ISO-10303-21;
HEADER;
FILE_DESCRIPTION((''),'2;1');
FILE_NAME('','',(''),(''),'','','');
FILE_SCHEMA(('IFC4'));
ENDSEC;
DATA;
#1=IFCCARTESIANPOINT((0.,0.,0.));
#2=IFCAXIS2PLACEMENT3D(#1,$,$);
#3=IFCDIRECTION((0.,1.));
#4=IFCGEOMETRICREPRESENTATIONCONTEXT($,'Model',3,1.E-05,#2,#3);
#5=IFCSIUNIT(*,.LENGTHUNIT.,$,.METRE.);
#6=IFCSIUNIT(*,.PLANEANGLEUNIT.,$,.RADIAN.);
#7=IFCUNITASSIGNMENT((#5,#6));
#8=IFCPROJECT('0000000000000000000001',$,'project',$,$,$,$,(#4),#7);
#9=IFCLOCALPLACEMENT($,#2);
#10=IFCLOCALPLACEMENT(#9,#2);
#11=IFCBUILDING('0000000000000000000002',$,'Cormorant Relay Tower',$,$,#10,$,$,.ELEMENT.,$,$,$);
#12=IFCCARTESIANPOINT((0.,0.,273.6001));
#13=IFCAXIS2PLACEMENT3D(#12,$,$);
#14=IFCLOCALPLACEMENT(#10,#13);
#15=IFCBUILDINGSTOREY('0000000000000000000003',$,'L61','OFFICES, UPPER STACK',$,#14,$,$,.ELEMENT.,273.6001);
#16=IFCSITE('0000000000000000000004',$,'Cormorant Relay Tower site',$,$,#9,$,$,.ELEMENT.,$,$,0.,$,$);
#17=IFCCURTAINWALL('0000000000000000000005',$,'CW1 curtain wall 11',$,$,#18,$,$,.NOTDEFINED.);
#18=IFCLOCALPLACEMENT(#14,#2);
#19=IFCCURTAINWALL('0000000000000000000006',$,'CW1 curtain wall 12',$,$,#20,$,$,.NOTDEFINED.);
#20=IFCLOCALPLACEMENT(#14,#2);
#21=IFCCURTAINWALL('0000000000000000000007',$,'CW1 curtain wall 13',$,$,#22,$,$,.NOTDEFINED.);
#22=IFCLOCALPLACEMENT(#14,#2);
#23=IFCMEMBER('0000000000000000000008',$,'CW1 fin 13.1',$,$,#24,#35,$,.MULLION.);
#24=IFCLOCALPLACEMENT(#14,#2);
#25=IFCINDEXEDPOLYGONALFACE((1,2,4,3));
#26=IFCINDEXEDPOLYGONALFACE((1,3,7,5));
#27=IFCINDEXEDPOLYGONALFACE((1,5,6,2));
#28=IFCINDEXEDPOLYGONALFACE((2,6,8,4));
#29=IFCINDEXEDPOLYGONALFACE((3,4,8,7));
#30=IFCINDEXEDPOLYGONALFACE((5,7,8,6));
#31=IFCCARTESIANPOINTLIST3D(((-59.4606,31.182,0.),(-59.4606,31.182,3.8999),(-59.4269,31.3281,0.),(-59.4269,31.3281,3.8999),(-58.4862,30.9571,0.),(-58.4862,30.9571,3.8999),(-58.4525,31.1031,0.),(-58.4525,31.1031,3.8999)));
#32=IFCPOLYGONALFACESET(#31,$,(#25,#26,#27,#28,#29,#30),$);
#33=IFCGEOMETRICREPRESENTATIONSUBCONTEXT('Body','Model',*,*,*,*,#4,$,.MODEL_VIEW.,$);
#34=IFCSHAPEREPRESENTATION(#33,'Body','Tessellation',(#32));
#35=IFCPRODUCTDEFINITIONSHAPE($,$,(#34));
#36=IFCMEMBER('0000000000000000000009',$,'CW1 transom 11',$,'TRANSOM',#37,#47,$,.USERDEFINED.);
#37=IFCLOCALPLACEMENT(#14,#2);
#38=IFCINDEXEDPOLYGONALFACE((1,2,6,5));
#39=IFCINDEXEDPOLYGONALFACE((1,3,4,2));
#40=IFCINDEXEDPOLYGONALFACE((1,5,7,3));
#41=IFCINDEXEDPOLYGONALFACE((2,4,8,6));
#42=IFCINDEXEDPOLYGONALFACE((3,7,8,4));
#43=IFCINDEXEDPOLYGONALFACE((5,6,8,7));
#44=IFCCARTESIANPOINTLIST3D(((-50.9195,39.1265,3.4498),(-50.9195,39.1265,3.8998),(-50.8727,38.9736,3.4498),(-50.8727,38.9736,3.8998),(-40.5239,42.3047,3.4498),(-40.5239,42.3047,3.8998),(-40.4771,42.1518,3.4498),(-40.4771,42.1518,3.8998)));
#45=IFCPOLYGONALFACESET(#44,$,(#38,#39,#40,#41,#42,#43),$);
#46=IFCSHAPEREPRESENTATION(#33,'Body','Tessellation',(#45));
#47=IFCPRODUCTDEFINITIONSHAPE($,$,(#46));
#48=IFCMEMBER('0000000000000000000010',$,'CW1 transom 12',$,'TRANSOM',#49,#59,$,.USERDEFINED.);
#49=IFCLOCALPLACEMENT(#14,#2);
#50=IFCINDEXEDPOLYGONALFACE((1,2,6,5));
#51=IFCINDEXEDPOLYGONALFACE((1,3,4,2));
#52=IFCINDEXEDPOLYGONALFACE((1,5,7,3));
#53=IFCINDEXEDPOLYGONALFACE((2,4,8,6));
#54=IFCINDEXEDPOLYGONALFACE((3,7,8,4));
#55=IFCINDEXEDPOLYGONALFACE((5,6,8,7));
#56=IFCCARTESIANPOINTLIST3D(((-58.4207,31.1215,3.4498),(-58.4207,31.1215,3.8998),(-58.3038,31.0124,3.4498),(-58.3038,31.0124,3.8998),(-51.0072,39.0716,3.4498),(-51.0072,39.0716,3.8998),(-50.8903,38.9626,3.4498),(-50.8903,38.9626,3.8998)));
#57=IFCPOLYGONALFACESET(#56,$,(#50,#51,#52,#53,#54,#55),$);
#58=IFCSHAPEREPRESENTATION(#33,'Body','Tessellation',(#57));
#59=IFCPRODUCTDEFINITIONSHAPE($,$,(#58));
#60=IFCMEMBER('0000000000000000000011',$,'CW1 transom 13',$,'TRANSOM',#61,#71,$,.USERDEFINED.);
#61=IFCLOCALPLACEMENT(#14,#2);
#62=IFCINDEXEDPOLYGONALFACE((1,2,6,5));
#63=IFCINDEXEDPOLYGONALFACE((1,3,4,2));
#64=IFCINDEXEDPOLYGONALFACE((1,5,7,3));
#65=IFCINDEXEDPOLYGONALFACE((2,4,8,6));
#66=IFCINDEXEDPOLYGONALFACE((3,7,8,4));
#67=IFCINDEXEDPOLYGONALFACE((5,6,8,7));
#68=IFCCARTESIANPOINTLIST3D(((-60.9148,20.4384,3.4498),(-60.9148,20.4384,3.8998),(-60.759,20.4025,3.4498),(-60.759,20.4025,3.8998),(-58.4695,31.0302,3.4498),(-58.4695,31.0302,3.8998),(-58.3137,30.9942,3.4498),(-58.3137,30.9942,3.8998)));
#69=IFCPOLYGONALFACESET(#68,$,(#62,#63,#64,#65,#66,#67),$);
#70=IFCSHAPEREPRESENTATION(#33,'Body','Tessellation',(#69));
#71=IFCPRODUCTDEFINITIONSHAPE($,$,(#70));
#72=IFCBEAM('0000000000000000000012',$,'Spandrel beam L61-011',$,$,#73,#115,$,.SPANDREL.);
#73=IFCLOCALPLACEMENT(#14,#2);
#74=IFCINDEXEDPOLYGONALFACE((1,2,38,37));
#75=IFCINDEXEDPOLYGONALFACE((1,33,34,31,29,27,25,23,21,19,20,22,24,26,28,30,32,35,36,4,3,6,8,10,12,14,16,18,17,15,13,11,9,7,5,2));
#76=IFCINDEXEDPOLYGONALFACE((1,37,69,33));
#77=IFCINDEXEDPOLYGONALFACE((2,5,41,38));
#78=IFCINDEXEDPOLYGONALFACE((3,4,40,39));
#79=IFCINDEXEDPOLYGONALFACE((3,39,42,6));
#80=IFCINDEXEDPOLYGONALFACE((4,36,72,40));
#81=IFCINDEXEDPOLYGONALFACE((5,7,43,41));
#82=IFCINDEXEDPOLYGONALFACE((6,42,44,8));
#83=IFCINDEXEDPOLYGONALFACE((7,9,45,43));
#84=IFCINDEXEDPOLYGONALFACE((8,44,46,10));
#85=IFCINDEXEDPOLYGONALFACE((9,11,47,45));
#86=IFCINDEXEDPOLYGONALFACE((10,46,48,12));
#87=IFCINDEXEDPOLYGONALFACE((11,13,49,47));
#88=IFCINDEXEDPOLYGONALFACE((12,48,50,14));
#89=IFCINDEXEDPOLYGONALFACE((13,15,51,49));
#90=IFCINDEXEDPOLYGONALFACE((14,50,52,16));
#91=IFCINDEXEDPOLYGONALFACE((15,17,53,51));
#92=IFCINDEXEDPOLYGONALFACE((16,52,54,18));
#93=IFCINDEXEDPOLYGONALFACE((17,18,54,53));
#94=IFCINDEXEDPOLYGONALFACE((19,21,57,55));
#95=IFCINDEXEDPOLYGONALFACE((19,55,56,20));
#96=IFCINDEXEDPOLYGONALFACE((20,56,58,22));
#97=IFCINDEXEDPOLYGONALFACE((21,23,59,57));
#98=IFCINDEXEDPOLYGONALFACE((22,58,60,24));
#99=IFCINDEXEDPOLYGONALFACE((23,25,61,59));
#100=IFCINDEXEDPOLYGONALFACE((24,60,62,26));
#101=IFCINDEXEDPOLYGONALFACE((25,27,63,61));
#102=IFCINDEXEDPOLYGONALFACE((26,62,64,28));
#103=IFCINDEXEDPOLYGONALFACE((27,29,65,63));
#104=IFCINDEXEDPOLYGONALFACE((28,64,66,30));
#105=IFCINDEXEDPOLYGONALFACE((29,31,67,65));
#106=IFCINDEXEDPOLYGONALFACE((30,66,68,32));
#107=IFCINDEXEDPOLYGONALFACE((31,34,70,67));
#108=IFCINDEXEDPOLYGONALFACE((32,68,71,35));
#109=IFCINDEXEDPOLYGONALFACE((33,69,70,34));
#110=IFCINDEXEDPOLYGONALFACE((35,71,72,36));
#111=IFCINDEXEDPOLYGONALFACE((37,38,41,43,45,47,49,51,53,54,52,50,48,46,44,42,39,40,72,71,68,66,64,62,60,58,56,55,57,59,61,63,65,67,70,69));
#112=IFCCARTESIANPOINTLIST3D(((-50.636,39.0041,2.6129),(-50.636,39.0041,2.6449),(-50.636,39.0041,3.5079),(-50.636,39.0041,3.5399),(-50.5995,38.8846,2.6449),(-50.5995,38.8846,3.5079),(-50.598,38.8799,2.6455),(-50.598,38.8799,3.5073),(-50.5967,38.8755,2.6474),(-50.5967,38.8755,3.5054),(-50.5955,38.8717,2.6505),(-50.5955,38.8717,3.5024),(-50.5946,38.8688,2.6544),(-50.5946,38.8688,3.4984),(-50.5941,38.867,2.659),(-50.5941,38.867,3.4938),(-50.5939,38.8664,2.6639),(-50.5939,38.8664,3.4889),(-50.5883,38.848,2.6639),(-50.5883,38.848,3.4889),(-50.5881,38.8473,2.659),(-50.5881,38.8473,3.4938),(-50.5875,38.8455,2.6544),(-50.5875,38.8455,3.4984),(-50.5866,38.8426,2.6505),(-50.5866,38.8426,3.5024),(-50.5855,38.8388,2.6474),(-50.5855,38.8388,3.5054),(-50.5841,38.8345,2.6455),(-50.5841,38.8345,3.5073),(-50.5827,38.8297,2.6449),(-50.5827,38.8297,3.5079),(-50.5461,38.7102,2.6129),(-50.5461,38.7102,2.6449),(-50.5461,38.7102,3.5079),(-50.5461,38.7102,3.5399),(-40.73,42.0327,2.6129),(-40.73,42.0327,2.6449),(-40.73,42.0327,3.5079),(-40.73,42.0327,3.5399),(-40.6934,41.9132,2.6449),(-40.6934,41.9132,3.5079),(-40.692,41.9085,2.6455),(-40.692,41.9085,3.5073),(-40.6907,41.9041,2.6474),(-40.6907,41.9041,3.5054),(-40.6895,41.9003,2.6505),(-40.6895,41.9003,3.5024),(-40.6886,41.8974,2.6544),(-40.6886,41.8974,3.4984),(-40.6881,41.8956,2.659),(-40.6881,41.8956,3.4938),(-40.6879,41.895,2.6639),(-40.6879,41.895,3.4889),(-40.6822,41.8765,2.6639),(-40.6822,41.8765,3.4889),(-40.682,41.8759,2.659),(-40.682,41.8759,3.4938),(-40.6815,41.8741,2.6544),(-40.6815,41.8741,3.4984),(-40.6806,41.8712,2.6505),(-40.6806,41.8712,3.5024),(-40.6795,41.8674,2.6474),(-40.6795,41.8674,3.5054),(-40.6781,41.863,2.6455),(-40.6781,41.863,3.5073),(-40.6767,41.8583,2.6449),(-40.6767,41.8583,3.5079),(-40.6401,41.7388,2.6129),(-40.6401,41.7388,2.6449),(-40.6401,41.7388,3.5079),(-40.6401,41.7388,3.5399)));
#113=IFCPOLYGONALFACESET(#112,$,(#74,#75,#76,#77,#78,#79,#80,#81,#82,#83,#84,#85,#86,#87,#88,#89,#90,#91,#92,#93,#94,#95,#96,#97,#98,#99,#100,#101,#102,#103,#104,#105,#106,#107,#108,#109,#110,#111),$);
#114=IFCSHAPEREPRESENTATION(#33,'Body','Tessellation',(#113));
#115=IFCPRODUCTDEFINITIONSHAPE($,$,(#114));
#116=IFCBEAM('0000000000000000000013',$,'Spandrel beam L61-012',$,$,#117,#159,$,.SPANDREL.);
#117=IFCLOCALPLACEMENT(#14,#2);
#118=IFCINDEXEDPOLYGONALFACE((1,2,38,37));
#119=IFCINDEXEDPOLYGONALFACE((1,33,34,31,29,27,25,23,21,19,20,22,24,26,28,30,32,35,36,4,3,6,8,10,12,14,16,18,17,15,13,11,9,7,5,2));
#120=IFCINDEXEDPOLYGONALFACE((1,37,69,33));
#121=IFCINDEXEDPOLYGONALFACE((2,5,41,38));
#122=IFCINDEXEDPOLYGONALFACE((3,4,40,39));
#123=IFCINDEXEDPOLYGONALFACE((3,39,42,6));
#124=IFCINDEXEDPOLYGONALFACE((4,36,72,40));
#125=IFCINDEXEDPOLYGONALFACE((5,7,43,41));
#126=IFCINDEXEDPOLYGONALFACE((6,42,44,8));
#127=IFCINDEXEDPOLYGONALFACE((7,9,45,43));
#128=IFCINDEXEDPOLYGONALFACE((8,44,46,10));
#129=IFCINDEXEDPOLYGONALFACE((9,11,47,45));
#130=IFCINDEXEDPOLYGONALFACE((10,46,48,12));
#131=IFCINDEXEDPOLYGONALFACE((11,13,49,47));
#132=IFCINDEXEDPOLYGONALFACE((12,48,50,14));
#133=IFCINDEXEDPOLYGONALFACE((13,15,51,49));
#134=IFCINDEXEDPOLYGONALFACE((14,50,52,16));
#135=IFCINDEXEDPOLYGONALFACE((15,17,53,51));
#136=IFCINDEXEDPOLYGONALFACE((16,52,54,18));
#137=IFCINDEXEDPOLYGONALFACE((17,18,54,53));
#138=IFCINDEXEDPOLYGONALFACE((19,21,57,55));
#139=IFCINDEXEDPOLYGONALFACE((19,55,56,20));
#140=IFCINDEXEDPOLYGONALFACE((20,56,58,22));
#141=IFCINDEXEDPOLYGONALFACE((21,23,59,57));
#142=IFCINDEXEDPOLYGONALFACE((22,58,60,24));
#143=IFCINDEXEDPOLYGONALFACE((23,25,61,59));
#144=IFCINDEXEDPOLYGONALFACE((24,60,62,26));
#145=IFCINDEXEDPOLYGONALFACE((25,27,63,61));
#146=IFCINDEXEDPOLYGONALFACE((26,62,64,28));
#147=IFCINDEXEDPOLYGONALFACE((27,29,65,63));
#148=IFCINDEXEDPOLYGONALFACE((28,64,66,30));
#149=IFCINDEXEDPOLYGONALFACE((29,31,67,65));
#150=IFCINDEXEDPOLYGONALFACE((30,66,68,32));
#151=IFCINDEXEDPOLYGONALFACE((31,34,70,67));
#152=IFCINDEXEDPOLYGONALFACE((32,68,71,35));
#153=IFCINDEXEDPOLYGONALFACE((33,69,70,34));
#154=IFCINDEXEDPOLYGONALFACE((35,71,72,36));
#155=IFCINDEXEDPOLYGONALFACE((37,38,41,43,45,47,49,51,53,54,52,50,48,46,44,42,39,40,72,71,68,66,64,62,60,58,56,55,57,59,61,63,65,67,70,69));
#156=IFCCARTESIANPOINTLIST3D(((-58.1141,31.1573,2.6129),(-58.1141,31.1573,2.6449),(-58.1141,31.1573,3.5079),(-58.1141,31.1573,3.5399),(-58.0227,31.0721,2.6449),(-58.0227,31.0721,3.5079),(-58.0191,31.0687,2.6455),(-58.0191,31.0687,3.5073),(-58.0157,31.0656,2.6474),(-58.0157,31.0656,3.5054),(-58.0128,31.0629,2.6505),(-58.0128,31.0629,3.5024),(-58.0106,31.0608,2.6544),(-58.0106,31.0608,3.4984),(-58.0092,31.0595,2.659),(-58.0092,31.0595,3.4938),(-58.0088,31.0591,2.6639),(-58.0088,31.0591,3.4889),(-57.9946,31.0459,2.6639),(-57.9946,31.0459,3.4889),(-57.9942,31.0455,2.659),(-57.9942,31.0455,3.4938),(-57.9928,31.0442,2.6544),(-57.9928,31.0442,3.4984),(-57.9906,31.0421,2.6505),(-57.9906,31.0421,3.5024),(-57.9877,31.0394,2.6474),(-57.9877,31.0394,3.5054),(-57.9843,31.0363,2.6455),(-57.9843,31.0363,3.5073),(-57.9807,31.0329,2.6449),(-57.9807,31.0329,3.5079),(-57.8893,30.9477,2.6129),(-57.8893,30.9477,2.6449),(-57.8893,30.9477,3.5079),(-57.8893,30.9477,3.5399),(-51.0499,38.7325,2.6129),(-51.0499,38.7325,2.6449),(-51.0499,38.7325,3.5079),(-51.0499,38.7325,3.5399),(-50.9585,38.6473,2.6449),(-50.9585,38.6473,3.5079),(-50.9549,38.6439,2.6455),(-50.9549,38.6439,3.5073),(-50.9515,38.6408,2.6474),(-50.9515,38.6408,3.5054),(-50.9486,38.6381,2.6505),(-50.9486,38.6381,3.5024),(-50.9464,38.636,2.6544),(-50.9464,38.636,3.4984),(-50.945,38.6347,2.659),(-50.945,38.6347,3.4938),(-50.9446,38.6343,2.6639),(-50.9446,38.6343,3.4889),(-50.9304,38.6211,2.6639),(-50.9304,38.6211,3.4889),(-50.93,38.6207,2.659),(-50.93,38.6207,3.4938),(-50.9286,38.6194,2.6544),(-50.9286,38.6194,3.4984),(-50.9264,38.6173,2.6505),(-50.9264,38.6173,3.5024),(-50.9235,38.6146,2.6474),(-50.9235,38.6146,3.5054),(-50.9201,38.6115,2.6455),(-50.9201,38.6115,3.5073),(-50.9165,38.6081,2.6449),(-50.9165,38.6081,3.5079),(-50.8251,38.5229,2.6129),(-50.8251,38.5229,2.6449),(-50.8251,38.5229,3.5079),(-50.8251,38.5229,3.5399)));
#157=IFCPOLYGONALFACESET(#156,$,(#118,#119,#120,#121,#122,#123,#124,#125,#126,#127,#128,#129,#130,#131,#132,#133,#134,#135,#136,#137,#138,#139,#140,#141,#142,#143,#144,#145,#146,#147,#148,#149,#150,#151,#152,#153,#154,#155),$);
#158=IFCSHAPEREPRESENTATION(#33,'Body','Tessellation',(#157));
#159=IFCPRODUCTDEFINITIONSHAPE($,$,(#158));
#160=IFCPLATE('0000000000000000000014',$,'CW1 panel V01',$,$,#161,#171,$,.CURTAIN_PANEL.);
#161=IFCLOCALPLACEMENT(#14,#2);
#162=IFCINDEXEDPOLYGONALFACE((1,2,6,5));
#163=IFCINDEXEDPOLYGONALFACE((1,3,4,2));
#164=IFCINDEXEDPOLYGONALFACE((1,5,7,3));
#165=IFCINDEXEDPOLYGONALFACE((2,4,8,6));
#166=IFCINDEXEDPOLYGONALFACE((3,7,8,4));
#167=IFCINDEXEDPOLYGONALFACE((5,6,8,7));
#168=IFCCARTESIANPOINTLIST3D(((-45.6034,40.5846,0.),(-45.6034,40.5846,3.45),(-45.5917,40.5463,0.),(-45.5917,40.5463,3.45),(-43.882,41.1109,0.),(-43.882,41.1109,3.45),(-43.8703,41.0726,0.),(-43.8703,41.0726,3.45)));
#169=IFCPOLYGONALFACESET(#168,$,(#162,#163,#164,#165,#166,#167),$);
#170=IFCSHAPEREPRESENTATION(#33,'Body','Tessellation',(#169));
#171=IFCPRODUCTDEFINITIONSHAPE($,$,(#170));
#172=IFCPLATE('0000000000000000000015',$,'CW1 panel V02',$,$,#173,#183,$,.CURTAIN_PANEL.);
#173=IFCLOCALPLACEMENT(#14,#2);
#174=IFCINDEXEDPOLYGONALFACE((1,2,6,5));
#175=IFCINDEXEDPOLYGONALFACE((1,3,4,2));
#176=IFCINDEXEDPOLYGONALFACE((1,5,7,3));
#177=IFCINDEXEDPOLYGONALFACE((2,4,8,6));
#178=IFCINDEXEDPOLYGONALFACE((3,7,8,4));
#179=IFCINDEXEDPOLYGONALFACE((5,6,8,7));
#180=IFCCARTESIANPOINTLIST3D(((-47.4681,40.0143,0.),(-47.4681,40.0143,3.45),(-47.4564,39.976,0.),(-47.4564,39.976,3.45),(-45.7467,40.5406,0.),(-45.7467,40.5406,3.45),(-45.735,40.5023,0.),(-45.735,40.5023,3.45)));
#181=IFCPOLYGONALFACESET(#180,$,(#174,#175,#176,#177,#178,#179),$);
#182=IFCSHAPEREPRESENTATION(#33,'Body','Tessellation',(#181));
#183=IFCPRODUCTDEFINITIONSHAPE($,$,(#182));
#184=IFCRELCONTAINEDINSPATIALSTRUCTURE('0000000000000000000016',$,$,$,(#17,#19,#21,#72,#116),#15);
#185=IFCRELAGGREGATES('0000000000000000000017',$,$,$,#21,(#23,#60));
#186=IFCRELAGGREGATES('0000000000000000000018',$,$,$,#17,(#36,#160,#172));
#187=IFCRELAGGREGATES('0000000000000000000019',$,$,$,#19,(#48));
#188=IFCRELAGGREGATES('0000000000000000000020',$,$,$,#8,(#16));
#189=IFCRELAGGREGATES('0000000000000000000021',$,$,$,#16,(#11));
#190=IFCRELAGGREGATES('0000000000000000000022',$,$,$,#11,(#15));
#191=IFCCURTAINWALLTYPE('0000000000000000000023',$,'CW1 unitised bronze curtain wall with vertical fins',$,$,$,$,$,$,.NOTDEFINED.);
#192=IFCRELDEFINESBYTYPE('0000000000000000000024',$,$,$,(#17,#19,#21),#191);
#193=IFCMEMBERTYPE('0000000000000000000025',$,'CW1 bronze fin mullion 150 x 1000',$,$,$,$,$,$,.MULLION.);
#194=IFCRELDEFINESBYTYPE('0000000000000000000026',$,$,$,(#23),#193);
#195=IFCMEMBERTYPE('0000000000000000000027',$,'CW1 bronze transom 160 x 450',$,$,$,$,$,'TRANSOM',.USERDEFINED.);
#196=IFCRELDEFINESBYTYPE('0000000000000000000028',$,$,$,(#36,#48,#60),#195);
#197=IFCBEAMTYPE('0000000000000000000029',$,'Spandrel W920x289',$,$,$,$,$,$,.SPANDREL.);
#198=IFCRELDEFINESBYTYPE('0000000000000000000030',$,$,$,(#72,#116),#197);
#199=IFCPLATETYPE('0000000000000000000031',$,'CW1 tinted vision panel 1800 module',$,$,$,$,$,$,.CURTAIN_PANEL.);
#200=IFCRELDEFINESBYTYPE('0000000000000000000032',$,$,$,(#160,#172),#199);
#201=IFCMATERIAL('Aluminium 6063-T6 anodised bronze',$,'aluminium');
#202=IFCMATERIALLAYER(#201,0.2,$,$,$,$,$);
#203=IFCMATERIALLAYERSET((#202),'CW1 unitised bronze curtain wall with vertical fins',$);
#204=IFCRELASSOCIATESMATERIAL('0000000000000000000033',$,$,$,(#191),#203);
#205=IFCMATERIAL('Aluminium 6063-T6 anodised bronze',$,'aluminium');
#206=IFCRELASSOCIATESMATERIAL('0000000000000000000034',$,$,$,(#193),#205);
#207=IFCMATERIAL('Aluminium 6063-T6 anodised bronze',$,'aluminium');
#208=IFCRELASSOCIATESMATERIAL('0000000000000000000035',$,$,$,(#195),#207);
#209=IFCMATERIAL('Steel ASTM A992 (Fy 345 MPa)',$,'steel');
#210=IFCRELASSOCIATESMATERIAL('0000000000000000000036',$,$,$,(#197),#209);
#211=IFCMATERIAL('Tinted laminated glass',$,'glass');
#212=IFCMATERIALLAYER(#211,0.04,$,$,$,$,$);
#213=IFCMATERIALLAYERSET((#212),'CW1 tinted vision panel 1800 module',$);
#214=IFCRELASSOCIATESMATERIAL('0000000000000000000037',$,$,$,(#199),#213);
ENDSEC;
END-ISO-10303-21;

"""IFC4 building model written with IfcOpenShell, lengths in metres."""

from ifc_helpers import new_model, si_unit, direction, frame, origin, origin_2d, place, context, subcontext, project, spatial, rectangle, i_section, extrude, material, layer, layer_set, material_profile, profile_set, type_object, element, aggregate, save


model = new_model("IFC4")

# Units and contexts
model_context = context("Model", 3, precision=1e-05, world=origin(), true_north=direction((0.0, 1.0)))
body_context = subcontext(model_context, "Body", "Model", "MODEL_VIEW")
ifc_project = project(units=[si_unit("LENGTHUNIT", "METRE"), si_unit("PLANEANGLEUNIT", "RADIAN")], contexts=[model_context])

# Site, building, storey
site_placement = place(None, origin())
site = spatial("IfcSite", under=ifc_project, at=site_placement, Name="Cormorant Relay Tower site", CompositionType="ELEMENT", RefElevation=0.0)
building_placement = place(site_placement, origin())
building = spatial("IfcBuilding", under=site, at=building_placement, Name="Cormorant Relay Tower", CompositionType="ELEMENT")
storey_placement = place(building_placement, frame((0.0, 0.0, 273.6001)))
storey = spatial("IfcBuildingStorey", under=building, at=storey_placement, Name="L61", Description="OFFICES, UPPER STACK", CompositionType="ELEMENT", Elevation=273.6001)

# Curtain walls
ifc_material_1 = material(Name="Aluminium 6063-T6 anodised bronze", Category="aluminium")
ifc_layer_1 = layer(ifc_material_1, 0.2)
ifc_layer_set_1 = layer_set([ifc_layer_1], Name="CW1 unitised bronze curtain wall with vertical fins")
curtain_wall_type = type_object("IfcCurtainWallType", Name="CW1 unitised bronze curtain wall with vertical fins", PredefinedType="NOTDEFINED", material=ifc_layer_set_1)
curtain_wall_1_placement = place(storey_placement, origin())
curtain_wall_1 = element("IfcCurtainWall", 1, at=curtain_wall_1_placement, inside=storey, type_object=curtain_wall_type, Name="CW1 curtain wall 11", PredefinedType="NOTDEFINED")
ifc_material_2 = material(Name="Aluminium 6063-T6 anodised bronze", Category="aluminium")
ifc_material_profile_1 = material_profile(ifc_material_2, rectangle(XDim=0.1499, YDim=1.0, at=origin_2d()), Name="AL 150x1000")
ifc_profile_set_1 = profile_set([ifc_material_profile_1], Name="Aluminium 6063-T6 anodised bronze")
member_type_1 = type_object("IfcMemberType", Name="CW1 bronze fin mullion 150 x 1000", PredefinedType="MULLION", material=ifc_profile_set_1)
curtain_wall_2_placement = place(storey_placement, origin())
curtain_wall_2 = element("IfcCurtainWall", 2, at=curtain_wall_2_placement, inside=storey, type_object=curtain_wall_type, Name="CW1 curtain wall 12", PredefinedType="NOTDEFINED")

# Curtain wall, member
curtain_wall_3_placement = place(storey_placement, origin())
curtain_wall_3 = element("IfcCurtainWall", 3, at=curtain_wall_3_placement, inside=storey, type_object=curtain_wall_type, Name="CW1 curtain wall 13", PredefinedType="NOTDEFINED")
member_1_placement = place(storey_placement, frame((-58.9565, 31.1426, 0.0), z_axis=(0.0, 0.0, 1.0), x_axis=(-0.224951, -0.97437, 0.0)))
member_1 = element("IfcMember", 4, at=member_1_placement, type_object=member_type_1, Name="CW1 fin 13.1", PredefinedType="MULLION", context=body_context, shape_type="SweptSolid", body=[
    extrude(rectangle(XDim=0.1499, YDim=1.0, at=origin_2d()), origin(), (0.0, 0.0, 1.0), 3.8999),
])

# Members
ifc_material_3 = material(Name="Aluminium 6063-T6 anodised bronze", Category="aluminium")
ifc_material_profile_2 = material_profile(ifc_material_3, rectangle(XDim=0.1599, YDim=0.45, at=origin_2d()), Name="AL 160x450")
ifc_profile_set_2 = profile_set([ifc_material_profile_2], Name="Aluminium 6063-T6 anodised bronze")
member_type_2 = type_object("IfcMemberType", Name="CW1 bronze transom 160 x 450", ElementType="TRANSOM", PredefinedType="USERDEFINED", material=ifc_profile_set_2)
member_2_placement = place(storey_placement, frame((-40.5005, 42.2283, 3.6748), z_axis=(-0.956305, -0.292371, 0.0), x_axis=(0.292371, -0.956305, 0.0)))
member_2 = element("IfcMember", 5, at=member_2_placement, type_object=member_type_2, Name="CW1 transom 11", ObjectType="TRANSOM", PredefinedType="USERDEFINED", context=body_context, shape_type="SweptSolid", body=[
    extrude(rectangle(XDim=0.1599, YDim=0.45, at=origin_2d()), origin(), (0.0, 0.0, 1.0), 10.8706),
])
member_3_placement = place(storey_placement, frame((-50.9487, 39.0171, 3.6748), z_axis=(-0.681993, -0.731358, 0.0), x_axis=(0.731358, -0.681993, 0.0)))
member_3 = element("IfcMember", 6, at=member_3_placement, type_object=member_type_2, Name="CW1 transom 12", ObjectType="TRANSOM", PredefinedType="USERDEFINED", context=body_context, shape_type="SweptSolid", body=[
    extrude(rectangle(XDim=0.1599, YDim=0.45, at=origin_2d()), origin(), (0.0, 0.0, 1.0), 10.8704),
])
member_4_placement = place(storey_placement, frame((-58.3916, 31.0122, 3.6748), z_axis=(-0.224951, -0.97437, 0.0), x_axis=(0.97437, -0.224951, 0.0)))
member_4 = element("IfcMember", 7, at=member_4_placement, type_object=member_type_2, Name="CW1 transom 13", ObjectType="TRANSOM", PredefinedType="USERDEFINED", context=body_context, shape_type="SweptSolid", body=[
    extrude(rectangle(XDim=0.1599, YDim=0.45, at=origin_2d()), origin(), (0.0, 0.0, 1.0), 10.8704),
])
aggregate(curtain_wall_3, [member_1, member_4])

# Beams
ifc_material_4 = material(Name="Steel ASTM A992 (Fy 345 MPa)", Category="steel")
ifc_material_profile_3 = material_profile(ifc_material_4, i_section(OverallWidth=0.3074, OverallDepth=0.927, WebThickness=0.0193, FlangeThickness=0.032, FilletRadius=0.019, at=origin_2d()), Name="W920x289")
ifc_profile_set_3 = profile_set([ifc_material_profile_3], Name="Steel ASTM A992 (Fy 345 MPa)")
beam_type = type_object("IfcBeamType", Name="Spandrel W920x289", PredefinedType="SPANDREL", material=ifc_profile_set_3)
beam_1_placement = place(storey_placement, frame((-40.6851, 41.8857, 3.0764), z_axis=(-0.956305, -0.292371, 0.0), x_axis=(0.292371, -0.956305, 0.0)))
element("IfcBeam", 8, at=beam_1_placement, inside=storey, type_object=beam_type, Name="Spandrel beam L61-011", PredefinedType="SPANDREL", context=body_context, shape_type="SweptSolid", body=[
    extrude(i_section(OverallWidth=0.3074, OverallDepth=0.927, WebThickness=0.0193, FlangeThickness=0.032, FilletRadius=0.019, at=origin_2d()), origin(), (0.0, 0.0, 1.0), 10.3586),
])
beam_2_placement = place(storey_placement, frame((-50.9375, 38.6277, 3.0764), z_axis=(-0.68201, -0.731343, 0.0), x_axis=(0.731343, -0.68201, 0.0)))
element("IfcBeam", 9, at=beam_2_placement, inside=storey, type_object=beam_type, Name="Spandrel beam L61-012", PredefinedType="SPANDREL", context=body_context, shape_type="SweptSolid", body=[
    extrude(i_section(OverallWidth=0.3074, OverallDepth=0.927, WebThickness=0.0193, FlangeThickness=0.032, FilletRadius=0.019, at=origin_2d()), origin(), (0.0, 0.0, 1.0), 10.3579),
])

# Plates
ifc_material_5 = material(Name="Tinted laminated glass", Category="glass")
ifc_layer_2 = layer(ifc_material_5, 0.04)
ifc_layer_set_2 = layer_set([ifc_layer_2], Name="CW1 tinted vision panel 1800 module")
plate_type_1 = type_object("IfcPlateType", Name="CW1 tinted vision panel 1800 module", PredefinedType="CURTAIN_PANEL", material=ifc_layer_set_2)
plate_1_placement = place(storey_placement, frame((-44.7368, 40.8286, 0.0), z_axis=(0.0, 0.0, 1.0), x_axis=(-0.956305, -0.292372, 0.0)))
plate_1 = element("IfcPlate", 10, at=plate_1_placement, type_object=plate_type_1, Name="CW1 panel V01", PredefinedType="CURTAIN_PANEL", context=body_context, shape_type="SweptSolid", body=[
    extrude(rectangle(XDim=1.8, YDim=0.04, at=origin_2d()), origin(), (0.0, 0.0, 1.0), 3.45),
])
plate_2_placement = place(storey_placement, frame((-46.6016, 40.2583, 0.0), z_axis=(0.0, 0.0, 1.0), x_axis=(-0.956305, -0.292372, 0.0)))
plate_2 = element("IfcPlate", 11, at=plate_2_placement, type_object=plate_type_1, Name="CW1 panel V02", PredefinedType="CURTAIN_PANEL", context=body_context, shape_type="SweptSolid", body=[
    extrude(rectangle(XDim=1.8, YDim=0.04, at=origin_2d()), origin(), (0.0, 0.0, 1.0), 3.45),
])

aggregate(curtain_wall_1, [member_2, plate_1, plate_2])
aggregate(curtain_wall_2, [member_3])

save(model, "model.ifc")
